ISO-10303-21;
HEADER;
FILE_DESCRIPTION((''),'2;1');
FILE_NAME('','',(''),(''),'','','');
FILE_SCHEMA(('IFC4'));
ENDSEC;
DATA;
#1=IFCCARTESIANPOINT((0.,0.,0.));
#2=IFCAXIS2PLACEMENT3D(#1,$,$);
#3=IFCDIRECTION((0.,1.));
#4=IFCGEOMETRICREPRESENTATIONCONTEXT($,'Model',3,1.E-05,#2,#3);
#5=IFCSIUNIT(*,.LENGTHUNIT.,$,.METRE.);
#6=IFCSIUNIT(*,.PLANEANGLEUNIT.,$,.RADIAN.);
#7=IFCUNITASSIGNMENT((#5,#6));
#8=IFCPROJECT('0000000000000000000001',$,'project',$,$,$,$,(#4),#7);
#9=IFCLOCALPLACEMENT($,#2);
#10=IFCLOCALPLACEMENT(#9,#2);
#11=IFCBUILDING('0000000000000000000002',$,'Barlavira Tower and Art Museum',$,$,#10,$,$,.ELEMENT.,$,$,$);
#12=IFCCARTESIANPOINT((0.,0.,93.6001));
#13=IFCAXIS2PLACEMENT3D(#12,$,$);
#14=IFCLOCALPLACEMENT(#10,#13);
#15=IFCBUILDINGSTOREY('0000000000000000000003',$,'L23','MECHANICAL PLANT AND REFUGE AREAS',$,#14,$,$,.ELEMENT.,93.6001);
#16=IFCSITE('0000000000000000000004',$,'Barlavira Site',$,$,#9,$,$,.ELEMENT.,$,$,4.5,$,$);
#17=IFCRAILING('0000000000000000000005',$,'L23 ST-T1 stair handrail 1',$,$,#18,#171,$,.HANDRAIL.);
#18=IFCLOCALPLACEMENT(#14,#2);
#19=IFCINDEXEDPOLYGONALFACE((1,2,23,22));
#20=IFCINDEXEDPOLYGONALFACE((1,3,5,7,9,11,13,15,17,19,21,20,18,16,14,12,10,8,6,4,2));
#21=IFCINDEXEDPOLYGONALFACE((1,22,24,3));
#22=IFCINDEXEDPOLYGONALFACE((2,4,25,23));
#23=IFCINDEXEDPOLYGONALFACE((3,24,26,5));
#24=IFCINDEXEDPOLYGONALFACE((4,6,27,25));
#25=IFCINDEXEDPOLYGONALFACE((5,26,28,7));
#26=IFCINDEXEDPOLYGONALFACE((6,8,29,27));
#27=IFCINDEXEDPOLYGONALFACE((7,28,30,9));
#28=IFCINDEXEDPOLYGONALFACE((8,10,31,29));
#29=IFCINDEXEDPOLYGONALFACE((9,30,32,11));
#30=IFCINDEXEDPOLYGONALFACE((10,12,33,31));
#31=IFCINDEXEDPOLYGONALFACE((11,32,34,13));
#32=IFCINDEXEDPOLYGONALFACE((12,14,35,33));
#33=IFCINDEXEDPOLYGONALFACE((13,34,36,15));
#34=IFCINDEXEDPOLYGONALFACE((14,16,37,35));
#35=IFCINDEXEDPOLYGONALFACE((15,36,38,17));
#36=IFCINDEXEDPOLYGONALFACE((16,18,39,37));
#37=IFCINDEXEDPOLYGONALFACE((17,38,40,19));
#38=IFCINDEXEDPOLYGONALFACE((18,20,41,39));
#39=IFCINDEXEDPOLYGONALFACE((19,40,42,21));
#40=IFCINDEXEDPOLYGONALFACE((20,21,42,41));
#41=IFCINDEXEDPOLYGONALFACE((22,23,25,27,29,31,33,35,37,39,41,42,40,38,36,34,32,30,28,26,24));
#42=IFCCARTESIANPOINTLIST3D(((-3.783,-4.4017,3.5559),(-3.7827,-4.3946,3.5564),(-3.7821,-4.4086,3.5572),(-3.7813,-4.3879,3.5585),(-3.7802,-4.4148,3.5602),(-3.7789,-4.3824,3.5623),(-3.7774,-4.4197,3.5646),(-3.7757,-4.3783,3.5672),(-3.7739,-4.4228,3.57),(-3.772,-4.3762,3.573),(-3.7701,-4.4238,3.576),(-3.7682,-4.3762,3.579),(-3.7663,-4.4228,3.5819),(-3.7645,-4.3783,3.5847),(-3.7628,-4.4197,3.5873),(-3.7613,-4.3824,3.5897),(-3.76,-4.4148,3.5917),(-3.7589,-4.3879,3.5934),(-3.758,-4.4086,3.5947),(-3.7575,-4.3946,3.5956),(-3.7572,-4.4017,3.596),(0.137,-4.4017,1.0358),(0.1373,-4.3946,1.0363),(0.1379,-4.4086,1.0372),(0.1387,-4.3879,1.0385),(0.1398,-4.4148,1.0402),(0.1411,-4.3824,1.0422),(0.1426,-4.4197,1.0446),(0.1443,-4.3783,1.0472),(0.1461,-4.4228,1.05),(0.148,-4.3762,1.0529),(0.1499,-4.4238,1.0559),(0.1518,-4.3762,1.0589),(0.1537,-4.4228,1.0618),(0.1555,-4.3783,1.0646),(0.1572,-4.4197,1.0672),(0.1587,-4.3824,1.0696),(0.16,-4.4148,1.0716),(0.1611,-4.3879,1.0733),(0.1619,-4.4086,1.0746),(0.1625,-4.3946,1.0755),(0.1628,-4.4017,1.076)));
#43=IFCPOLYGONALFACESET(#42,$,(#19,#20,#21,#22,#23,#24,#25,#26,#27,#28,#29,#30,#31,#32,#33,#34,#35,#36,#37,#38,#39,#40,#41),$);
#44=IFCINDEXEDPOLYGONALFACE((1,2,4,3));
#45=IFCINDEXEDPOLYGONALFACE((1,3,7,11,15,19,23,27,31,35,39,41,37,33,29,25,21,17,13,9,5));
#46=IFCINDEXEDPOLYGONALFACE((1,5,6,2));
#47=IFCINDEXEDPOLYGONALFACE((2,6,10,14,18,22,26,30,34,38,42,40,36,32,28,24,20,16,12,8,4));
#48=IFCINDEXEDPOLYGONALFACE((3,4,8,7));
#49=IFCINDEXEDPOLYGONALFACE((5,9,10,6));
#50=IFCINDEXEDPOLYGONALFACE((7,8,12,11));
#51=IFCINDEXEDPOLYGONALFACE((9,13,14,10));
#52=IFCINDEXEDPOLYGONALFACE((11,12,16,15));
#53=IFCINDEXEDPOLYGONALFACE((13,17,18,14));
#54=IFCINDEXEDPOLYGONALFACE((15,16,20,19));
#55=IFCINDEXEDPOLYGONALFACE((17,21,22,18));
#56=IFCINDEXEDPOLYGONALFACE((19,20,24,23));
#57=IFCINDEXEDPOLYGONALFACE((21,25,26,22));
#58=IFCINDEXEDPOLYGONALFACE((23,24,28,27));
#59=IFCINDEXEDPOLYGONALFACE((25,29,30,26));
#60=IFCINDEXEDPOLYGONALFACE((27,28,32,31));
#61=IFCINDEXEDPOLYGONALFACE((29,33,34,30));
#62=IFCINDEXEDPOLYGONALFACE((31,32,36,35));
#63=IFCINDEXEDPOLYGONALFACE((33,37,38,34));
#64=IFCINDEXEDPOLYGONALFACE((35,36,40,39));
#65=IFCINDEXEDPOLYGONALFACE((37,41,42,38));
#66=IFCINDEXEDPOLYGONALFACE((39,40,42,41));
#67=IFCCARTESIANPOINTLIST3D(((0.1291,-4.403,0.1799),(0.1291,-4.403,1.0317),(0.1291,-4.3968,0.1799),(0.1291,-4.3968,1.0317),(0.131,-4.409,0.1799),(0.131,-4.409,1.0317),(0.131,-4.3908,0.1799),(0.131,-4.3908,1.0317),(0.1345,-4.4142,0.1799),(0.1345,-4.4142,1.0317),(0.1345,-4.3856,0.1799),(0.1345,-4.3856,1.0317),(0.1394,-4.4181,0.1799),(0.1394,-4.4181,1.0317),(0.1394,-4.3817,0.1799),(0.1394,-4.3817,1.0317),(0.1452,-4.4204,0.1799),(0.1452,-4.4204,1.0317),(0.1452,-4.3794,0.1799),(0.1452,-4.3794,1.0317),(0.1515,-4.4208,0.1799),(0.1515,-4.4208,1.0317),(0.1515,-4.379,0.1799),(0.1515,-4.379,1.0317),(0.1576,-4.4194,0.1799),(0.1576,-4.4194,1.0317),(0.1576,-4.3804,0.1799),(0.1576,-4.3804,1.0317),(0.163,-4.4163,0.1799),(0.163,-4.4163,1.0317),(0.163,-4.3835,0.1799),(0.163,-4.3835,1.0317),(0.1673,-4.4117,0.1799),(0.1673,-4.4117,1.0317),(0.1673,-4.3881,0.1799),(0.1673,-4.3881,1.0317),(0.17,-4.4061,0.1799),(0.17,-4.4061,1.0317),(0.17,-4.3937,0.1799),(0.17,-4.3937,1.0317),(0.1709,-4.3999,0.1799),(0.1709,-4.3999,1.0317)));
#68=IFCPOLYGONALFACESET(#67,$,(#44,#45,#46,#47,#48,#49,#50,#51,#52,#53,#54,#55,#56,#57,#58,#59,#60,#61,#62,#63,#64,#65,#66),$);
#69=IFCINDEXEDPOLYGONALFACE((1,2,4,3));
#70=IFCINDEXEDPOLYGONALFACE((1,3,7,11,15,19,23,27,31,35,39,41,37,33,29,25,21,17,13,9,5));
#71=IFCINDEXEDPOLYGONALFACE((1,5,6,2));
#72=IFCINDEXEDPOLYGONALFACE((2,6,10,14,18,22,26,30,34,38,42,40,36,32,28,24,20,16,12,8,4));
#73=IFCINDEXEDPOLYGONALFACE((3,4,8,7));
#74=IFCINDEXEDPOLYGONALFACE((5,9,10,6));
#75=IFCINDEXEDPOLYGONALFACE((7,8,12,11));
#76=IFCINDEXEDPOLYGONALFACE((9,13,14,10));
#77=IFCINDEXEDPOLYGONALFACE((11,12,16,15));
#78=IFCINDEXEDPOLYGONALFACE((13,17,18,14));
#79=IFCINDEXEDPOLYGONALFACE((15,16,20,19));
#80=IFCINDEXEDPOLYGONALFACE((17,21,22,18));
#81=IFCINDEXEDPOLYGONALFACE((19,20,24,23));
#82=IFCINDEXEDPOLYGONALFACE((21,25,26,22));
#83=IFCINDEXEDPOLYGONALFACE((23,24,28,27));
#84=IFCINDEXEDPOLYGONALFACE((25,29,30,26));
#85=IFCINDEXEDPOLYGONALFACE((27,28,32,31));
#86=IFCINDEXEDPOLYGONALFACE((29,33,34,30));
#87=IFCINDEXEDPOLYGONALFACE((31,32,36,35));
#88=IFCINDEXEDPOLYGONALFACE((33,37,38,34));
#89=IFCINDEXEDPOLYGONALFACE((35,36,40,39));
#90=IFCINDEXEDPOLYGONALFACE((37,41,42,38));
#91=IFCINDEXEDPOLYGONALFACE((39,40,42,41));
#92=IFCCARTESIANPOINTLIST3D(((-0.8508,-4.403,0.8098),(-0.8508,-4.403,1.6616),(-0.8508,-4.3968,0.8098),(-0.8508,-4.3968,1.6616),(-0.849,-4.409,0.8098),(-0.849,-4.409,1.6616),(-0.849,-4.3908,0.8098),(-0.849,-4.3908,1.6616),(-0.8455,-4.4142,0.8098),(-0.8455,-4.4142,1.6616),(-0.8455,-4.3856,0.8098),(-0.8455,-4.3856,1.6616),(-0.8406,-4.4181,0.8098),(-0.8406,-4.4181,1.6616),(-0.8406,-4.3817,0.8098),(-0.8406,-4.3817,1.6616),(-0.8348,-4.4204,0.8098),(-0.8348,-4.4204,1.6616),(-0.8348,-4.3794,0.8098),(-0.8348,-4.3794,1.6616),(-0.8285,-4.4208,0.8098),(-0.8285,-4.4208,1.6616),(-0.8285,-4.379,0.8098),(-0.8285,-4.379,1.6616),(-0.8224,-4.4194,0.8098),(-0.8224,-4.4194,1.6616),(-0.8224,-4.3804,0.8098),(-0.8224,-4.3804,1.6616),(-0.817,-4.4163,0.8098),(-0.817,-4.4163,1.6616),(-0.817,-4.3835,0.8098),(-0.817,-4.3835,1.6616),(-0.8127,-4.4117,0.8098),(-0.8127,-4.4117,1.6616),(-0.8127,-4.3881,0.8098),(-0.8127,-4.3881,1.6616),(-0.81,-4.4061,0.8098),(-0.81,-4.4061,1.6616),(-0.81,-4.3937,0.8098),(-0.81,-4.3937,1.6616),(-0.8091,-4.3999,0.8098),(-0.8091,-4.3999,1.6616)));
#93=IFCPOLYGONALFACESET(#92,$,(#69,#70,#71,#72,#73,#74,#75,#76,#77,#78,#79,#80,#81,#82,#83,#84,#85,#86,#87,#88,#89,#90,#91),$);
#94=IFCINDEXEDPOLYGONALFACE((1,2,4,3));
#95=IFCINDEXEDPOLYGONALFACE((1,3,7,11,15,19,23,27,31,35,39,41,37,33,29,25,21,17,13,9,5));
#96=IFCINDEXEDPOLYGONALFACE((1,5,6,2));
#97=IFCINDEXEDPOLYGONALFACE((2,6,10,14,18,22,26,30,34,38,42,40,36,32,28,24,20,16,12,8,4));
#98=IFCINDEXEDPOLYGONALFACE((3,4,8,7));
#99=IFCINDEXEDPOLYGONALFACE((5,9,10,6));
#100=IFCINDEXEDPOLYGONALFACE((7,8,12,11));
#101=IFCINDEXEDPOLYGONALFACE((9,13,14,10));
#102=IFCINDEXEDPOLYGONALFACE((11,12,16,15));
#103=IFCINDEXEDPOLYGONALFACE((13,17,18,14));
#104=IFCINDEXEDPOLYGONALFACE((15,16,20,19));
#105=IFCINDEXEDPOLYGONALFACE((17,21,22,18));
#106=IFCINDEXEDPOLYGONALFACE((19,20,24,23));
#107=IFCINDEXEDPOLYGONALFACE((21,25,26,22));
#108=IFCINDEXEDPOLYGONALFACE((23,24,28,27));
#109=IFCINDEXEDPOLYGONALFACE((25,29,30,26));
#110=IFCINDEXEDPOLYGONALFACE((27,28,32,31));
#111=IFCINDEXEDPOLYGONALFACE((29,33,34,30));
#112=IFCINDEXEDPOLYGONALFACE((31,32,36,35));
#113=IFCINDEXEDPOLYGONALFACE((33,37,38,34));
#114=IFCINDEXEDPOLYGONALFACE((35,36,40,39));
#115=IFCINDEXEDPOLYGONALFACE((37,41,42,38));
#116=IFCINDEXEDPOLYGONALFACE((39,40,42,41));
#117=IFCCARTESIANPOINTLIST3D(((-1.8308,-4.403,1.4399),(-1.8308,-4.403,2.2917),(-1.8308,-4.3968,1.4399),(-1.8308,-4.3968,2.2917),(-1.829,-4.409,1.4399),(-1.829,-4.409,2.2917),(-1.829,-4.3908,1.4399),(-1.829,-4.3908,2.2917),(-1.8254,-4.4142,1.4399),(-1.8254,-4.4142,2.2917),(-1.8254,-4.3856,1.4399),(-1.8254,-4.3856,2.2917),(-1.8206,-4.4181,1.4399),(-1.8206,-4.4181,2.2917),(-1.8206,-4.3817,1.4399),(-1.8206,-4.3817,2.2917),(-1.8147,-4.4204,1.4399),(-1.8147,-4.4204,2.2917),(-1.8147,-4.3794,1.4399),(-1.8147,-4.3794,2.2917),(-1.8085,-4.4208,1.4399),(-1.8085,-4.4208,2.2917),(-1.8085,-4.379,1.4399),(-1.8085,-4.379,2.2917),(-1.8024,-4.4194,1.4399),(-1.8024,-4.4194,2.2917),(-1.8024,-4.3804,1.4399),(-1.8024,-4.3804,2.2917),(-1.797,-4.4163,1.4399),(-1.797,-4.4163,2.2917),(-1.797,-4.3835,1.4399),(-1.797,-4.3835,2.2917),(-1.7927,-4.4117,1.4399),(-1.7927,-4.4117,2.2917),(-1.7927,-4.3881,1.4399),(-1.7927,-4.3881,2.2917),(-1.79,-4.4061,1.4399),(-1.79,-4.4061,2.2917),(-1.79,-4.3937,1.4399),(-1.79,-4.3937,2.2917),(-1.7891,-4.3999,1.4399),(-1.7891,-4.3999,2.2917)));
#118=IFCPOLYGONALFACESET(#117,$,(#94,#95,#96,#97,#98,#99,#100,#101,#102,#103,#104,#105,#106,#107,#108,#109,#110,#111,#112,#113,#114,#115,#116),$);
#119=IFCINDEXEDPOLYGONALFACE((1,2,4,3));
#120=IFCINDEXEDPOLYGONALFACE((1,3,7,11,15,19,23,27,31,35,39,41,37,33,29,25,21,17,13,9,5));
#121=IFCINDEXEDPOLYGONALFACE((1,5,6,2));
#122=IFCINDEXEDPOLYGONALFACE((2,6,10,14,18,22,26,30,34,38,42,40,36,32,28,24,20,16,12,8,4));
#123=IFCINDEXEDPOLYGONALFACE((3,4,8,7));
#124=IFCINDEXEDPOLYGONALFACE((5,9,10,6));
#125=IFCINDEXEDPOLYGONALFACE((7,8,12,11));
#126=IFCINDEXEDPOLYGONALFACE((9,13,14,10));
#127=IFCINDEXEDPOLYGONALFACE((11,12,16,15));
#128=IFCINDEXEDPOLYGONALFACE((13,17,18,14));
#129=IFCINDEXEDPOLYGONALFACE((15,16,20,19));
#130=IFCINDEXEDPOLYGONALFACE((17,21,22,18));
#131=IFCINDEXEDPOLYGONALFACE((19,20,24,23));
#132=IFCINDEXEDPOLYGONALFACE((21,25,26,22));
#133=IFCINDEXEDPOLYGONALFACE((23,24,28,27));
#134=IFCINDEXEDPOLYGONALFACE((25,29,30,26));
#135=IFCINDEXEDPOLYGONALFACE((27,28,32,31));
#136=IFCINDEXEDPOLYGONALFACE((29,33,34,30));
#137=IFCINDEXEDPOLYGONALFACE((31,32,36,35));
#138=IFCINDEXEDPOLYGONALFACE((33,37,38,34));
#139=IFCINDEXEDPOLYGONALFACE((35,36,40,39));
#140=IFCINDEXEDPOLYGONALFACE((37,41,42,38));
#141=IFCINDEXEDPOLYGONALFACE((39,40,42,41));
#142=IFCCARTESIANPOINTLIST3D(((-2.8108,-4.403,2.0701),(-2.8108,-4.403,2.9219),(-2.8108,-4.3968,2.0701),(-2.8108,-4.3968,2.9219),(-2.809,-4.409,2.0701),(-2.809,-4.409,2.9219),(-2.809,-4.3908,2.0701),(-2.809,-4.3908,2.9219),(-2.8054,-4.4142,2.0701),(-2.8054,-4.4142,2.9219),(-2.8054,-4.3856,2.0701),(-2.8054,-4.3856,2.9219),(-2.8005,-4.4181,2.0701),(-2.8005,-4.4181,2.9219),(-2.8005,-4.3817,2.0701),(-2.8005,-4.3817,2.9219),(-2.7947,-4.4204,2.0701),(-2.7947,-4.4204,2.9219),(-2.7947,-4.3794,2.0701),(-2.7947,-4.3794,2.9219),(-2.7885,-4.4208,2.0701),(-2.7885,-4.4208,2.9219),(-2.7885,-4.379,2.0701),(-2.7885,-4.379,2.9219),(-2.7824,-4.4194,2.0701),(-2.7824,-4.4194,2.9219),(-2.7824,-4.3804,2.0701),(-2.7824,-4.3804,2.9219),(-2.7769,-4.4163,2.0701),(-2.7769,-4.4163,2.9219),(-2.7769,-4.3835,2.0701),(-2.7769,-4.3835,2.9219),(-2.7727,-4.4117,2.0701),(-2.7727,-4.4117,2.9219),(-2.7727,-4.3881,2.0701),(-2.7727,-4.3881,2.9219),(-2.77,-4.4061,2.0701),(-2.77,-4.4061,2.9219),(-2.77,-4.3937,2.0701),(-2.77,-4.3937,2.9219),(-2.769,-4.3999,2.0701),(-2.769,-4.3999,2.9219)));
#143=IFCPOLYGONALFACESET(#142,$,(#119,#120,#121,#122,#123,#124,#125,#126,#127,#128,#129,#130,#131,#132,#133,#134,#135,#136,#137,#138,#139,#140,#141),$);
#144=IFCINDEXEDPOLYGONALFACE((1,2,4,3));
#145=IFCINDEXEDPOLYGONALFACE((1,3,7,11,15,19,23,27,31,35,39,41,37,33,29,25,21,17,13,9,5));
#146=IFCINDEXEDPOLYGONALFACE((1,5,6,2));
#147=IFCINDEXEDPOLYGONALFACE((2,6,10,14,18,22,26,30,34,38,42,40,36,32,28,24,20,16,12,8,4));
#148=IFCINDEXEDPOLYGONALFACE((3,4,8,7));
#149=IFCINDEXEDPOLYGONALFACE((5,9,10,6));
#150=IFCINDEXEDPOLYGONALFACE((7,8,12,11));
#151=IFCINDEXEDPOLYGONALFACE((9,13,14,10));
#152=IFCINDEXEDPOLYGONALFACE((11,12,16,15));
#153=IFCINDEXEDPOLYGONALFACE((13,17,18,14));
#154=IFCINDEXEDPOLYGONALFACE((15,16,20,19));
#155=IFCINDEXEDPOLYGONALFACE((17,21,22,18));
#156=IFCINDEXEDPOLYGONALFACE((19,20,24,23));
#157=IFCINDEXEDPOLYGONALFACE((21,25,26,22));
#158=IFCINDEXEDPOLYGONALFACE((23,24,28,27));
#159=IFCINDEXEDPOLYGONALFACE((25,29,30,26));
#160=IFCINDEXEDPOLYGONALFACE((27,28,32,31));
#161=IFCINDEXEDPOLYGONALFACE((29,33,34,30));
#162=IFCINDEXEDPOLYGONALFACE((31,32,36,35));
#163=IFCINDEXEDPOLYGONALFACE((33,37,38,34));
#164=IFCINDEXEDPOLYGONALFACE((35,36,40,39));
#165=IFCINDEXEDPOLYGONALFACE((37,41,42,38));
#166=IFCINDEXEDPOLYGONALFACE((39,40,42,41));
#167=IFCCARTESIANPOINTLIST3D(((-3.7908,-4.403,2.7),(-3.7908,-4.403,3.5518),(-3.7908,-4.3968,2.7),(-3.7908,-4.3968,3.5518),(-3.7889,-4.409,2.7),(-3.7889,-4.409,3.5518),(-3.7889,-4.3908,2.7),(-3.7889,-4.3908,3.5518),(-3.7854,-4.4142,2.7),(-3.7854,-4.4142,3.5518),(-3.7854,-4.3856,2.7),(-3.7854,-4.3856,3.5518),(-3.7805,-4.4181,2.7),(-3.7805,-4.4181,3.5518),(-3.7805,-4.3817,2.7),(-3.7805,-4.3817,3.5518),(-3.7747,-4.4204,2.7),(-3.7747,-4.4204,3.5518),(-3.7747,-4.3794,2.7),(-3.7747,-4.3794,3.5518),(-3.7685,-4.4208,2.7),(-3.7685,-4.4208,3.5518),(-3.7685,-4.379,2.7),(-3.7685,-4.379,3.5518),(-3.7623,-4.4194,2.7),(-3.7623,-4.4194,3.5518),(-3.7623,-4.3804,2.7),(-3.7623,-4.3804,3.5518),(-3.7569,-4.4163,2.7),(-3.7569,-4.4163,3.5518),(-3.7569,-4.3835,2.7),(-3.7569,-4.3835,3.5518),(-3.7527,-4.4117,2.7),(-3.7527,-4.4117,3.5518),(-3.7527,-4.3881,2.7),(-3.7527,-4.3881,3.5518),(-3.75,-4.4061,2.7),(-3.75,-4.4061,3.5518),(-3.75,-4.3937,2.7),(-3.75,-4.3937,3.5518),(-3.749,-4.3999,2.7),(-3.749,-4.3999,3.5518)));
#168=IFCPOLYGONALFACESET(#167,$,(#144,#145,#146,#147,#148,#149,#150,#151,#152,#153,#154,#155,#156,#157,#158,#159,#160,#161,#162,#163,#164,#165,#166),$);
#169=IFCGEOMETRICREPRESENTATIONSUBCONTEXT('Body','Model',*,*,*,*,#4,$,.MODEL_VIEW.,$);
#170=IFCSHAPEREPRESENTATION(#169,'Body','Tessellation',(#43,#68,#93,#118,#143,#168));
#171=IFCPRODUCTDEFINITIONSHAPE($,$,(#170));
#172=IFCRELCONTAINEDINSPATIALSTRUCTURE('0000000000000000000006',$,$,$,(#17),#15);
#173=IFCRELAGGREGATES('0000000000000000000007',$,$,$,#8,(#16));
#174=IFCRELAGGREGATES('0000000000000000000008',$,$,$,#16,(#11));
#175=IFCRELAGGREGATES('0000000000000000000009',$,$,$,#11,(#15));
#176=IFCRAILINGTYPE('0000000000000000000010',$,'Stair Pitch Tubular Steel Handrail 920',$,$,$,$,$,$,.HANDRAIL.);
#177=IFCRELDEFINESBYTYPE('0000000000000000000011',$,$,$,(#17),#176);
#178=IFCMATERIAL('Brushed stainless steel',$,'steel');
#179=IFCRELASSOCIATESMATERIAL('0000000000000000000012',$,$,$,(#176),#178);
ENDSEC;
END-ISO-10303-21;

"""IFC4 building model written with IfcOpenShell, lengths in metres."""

from ifc_helpers import new_model, si_unit, direction, frame, origin, origin_2d, place, context, subcontext, project, spatial, circle, extrude, material, type_object, element, save


model = new_model("IFC4")

# Units and contexts
model_context = context("Model", 3, precision=1e-05, world=origin(), true_north=direction((0.0, 1.0)))
body_context = subcontext(model_context, "Body", "Model", "MODEL_VIEW")
ifc_project = project(units=[si_unit("LENGTHUNIT", "METRE"), si_unit("PLANEANGLEUNIT", "RADIAN")], contexts=[model_context])

# Site, building, storey
site_placement = place(None, origin())
site = spatial("IfcSite", under=ifc_project, at=site_placement, Name="Barlavira Site", CompositionType="ELEMENT", RefElevation=4.5)
building_placement = place(site_placement, origin())
building = spatial("IfcBuilding", under=site, at=building_placement, Name="Barlavira Tower and Art Museum", CompositionType="ELEMENT")
storey_placement = place(building_placement, frame((0.0, 0.0, 93.6001)))
storey = spatial("IfcBuildingStorey", under=building, at=storey_placement, Name="L23", Description="MECHANICAL PLANT AND REFUGE AREAS", CompositionType="ELEMENT", Elevation=93.6001)

# Shared definitions
ifc_material_1 = material(Name="Brushed stainless steel", Category="steel")

# Railing
railing_type_1 = type_object("IfcRailingType", Name="Stair Pitch Tubular Steel Handrail 920", PredefinedType="HANDRAIL", material=ifc_material_1)
railing_1_placement = place(storey_placement, frame((0.1499, -4.3999, 0.1799)))
element("IfcRailing", 1, at=railing_1_placement, inside=storey, type_object=railing_type_1, Name="L23 ST-T1 stair handrail 1", PredefinedType="HANDRAIL", context=body_context, shape_type="SweptSolid", body=[
    extrude(circle(Radius=0.0239, at=origin_2d()), frame((0.0, 0.0, 0.876), z_axis=(-0.841172, 0.0, 0.540768), x_axis=(0.0, -1.0, 0.0)), (0.0, 0.0, 1.0), 4.6602),
    extrude(circle(Radius=0.021, at=origin_2d()), origin(), (0.0, 0.0, 1.0), 0.8518),
    extrude(circle(Radius=0.021, at=origin_2d()), frame((-0.98, 0.0, 0.6299)), (0.0, 0.0, 1.0), 0.8518),
    extrude(circle(Radius=0.021, at=origin_2d()), frame((-1.96, 0.0, 1.26)), (0.0, 0.0, 1.0), 0.8518),
    extrude(circle(Radius=0.021, at=origin_2d()), frame((-2.9399, 0.0, 1.8901)), (0.0, 0.0, 1.0), 0.8518),
    extrude(circle(Radius=0.021, at=origin_2d()), frame((-3.9199, 0.0, 2.52)), (0.0, 0.0, 1.0), 0.8518),
])

save(model, "model.ifc")
